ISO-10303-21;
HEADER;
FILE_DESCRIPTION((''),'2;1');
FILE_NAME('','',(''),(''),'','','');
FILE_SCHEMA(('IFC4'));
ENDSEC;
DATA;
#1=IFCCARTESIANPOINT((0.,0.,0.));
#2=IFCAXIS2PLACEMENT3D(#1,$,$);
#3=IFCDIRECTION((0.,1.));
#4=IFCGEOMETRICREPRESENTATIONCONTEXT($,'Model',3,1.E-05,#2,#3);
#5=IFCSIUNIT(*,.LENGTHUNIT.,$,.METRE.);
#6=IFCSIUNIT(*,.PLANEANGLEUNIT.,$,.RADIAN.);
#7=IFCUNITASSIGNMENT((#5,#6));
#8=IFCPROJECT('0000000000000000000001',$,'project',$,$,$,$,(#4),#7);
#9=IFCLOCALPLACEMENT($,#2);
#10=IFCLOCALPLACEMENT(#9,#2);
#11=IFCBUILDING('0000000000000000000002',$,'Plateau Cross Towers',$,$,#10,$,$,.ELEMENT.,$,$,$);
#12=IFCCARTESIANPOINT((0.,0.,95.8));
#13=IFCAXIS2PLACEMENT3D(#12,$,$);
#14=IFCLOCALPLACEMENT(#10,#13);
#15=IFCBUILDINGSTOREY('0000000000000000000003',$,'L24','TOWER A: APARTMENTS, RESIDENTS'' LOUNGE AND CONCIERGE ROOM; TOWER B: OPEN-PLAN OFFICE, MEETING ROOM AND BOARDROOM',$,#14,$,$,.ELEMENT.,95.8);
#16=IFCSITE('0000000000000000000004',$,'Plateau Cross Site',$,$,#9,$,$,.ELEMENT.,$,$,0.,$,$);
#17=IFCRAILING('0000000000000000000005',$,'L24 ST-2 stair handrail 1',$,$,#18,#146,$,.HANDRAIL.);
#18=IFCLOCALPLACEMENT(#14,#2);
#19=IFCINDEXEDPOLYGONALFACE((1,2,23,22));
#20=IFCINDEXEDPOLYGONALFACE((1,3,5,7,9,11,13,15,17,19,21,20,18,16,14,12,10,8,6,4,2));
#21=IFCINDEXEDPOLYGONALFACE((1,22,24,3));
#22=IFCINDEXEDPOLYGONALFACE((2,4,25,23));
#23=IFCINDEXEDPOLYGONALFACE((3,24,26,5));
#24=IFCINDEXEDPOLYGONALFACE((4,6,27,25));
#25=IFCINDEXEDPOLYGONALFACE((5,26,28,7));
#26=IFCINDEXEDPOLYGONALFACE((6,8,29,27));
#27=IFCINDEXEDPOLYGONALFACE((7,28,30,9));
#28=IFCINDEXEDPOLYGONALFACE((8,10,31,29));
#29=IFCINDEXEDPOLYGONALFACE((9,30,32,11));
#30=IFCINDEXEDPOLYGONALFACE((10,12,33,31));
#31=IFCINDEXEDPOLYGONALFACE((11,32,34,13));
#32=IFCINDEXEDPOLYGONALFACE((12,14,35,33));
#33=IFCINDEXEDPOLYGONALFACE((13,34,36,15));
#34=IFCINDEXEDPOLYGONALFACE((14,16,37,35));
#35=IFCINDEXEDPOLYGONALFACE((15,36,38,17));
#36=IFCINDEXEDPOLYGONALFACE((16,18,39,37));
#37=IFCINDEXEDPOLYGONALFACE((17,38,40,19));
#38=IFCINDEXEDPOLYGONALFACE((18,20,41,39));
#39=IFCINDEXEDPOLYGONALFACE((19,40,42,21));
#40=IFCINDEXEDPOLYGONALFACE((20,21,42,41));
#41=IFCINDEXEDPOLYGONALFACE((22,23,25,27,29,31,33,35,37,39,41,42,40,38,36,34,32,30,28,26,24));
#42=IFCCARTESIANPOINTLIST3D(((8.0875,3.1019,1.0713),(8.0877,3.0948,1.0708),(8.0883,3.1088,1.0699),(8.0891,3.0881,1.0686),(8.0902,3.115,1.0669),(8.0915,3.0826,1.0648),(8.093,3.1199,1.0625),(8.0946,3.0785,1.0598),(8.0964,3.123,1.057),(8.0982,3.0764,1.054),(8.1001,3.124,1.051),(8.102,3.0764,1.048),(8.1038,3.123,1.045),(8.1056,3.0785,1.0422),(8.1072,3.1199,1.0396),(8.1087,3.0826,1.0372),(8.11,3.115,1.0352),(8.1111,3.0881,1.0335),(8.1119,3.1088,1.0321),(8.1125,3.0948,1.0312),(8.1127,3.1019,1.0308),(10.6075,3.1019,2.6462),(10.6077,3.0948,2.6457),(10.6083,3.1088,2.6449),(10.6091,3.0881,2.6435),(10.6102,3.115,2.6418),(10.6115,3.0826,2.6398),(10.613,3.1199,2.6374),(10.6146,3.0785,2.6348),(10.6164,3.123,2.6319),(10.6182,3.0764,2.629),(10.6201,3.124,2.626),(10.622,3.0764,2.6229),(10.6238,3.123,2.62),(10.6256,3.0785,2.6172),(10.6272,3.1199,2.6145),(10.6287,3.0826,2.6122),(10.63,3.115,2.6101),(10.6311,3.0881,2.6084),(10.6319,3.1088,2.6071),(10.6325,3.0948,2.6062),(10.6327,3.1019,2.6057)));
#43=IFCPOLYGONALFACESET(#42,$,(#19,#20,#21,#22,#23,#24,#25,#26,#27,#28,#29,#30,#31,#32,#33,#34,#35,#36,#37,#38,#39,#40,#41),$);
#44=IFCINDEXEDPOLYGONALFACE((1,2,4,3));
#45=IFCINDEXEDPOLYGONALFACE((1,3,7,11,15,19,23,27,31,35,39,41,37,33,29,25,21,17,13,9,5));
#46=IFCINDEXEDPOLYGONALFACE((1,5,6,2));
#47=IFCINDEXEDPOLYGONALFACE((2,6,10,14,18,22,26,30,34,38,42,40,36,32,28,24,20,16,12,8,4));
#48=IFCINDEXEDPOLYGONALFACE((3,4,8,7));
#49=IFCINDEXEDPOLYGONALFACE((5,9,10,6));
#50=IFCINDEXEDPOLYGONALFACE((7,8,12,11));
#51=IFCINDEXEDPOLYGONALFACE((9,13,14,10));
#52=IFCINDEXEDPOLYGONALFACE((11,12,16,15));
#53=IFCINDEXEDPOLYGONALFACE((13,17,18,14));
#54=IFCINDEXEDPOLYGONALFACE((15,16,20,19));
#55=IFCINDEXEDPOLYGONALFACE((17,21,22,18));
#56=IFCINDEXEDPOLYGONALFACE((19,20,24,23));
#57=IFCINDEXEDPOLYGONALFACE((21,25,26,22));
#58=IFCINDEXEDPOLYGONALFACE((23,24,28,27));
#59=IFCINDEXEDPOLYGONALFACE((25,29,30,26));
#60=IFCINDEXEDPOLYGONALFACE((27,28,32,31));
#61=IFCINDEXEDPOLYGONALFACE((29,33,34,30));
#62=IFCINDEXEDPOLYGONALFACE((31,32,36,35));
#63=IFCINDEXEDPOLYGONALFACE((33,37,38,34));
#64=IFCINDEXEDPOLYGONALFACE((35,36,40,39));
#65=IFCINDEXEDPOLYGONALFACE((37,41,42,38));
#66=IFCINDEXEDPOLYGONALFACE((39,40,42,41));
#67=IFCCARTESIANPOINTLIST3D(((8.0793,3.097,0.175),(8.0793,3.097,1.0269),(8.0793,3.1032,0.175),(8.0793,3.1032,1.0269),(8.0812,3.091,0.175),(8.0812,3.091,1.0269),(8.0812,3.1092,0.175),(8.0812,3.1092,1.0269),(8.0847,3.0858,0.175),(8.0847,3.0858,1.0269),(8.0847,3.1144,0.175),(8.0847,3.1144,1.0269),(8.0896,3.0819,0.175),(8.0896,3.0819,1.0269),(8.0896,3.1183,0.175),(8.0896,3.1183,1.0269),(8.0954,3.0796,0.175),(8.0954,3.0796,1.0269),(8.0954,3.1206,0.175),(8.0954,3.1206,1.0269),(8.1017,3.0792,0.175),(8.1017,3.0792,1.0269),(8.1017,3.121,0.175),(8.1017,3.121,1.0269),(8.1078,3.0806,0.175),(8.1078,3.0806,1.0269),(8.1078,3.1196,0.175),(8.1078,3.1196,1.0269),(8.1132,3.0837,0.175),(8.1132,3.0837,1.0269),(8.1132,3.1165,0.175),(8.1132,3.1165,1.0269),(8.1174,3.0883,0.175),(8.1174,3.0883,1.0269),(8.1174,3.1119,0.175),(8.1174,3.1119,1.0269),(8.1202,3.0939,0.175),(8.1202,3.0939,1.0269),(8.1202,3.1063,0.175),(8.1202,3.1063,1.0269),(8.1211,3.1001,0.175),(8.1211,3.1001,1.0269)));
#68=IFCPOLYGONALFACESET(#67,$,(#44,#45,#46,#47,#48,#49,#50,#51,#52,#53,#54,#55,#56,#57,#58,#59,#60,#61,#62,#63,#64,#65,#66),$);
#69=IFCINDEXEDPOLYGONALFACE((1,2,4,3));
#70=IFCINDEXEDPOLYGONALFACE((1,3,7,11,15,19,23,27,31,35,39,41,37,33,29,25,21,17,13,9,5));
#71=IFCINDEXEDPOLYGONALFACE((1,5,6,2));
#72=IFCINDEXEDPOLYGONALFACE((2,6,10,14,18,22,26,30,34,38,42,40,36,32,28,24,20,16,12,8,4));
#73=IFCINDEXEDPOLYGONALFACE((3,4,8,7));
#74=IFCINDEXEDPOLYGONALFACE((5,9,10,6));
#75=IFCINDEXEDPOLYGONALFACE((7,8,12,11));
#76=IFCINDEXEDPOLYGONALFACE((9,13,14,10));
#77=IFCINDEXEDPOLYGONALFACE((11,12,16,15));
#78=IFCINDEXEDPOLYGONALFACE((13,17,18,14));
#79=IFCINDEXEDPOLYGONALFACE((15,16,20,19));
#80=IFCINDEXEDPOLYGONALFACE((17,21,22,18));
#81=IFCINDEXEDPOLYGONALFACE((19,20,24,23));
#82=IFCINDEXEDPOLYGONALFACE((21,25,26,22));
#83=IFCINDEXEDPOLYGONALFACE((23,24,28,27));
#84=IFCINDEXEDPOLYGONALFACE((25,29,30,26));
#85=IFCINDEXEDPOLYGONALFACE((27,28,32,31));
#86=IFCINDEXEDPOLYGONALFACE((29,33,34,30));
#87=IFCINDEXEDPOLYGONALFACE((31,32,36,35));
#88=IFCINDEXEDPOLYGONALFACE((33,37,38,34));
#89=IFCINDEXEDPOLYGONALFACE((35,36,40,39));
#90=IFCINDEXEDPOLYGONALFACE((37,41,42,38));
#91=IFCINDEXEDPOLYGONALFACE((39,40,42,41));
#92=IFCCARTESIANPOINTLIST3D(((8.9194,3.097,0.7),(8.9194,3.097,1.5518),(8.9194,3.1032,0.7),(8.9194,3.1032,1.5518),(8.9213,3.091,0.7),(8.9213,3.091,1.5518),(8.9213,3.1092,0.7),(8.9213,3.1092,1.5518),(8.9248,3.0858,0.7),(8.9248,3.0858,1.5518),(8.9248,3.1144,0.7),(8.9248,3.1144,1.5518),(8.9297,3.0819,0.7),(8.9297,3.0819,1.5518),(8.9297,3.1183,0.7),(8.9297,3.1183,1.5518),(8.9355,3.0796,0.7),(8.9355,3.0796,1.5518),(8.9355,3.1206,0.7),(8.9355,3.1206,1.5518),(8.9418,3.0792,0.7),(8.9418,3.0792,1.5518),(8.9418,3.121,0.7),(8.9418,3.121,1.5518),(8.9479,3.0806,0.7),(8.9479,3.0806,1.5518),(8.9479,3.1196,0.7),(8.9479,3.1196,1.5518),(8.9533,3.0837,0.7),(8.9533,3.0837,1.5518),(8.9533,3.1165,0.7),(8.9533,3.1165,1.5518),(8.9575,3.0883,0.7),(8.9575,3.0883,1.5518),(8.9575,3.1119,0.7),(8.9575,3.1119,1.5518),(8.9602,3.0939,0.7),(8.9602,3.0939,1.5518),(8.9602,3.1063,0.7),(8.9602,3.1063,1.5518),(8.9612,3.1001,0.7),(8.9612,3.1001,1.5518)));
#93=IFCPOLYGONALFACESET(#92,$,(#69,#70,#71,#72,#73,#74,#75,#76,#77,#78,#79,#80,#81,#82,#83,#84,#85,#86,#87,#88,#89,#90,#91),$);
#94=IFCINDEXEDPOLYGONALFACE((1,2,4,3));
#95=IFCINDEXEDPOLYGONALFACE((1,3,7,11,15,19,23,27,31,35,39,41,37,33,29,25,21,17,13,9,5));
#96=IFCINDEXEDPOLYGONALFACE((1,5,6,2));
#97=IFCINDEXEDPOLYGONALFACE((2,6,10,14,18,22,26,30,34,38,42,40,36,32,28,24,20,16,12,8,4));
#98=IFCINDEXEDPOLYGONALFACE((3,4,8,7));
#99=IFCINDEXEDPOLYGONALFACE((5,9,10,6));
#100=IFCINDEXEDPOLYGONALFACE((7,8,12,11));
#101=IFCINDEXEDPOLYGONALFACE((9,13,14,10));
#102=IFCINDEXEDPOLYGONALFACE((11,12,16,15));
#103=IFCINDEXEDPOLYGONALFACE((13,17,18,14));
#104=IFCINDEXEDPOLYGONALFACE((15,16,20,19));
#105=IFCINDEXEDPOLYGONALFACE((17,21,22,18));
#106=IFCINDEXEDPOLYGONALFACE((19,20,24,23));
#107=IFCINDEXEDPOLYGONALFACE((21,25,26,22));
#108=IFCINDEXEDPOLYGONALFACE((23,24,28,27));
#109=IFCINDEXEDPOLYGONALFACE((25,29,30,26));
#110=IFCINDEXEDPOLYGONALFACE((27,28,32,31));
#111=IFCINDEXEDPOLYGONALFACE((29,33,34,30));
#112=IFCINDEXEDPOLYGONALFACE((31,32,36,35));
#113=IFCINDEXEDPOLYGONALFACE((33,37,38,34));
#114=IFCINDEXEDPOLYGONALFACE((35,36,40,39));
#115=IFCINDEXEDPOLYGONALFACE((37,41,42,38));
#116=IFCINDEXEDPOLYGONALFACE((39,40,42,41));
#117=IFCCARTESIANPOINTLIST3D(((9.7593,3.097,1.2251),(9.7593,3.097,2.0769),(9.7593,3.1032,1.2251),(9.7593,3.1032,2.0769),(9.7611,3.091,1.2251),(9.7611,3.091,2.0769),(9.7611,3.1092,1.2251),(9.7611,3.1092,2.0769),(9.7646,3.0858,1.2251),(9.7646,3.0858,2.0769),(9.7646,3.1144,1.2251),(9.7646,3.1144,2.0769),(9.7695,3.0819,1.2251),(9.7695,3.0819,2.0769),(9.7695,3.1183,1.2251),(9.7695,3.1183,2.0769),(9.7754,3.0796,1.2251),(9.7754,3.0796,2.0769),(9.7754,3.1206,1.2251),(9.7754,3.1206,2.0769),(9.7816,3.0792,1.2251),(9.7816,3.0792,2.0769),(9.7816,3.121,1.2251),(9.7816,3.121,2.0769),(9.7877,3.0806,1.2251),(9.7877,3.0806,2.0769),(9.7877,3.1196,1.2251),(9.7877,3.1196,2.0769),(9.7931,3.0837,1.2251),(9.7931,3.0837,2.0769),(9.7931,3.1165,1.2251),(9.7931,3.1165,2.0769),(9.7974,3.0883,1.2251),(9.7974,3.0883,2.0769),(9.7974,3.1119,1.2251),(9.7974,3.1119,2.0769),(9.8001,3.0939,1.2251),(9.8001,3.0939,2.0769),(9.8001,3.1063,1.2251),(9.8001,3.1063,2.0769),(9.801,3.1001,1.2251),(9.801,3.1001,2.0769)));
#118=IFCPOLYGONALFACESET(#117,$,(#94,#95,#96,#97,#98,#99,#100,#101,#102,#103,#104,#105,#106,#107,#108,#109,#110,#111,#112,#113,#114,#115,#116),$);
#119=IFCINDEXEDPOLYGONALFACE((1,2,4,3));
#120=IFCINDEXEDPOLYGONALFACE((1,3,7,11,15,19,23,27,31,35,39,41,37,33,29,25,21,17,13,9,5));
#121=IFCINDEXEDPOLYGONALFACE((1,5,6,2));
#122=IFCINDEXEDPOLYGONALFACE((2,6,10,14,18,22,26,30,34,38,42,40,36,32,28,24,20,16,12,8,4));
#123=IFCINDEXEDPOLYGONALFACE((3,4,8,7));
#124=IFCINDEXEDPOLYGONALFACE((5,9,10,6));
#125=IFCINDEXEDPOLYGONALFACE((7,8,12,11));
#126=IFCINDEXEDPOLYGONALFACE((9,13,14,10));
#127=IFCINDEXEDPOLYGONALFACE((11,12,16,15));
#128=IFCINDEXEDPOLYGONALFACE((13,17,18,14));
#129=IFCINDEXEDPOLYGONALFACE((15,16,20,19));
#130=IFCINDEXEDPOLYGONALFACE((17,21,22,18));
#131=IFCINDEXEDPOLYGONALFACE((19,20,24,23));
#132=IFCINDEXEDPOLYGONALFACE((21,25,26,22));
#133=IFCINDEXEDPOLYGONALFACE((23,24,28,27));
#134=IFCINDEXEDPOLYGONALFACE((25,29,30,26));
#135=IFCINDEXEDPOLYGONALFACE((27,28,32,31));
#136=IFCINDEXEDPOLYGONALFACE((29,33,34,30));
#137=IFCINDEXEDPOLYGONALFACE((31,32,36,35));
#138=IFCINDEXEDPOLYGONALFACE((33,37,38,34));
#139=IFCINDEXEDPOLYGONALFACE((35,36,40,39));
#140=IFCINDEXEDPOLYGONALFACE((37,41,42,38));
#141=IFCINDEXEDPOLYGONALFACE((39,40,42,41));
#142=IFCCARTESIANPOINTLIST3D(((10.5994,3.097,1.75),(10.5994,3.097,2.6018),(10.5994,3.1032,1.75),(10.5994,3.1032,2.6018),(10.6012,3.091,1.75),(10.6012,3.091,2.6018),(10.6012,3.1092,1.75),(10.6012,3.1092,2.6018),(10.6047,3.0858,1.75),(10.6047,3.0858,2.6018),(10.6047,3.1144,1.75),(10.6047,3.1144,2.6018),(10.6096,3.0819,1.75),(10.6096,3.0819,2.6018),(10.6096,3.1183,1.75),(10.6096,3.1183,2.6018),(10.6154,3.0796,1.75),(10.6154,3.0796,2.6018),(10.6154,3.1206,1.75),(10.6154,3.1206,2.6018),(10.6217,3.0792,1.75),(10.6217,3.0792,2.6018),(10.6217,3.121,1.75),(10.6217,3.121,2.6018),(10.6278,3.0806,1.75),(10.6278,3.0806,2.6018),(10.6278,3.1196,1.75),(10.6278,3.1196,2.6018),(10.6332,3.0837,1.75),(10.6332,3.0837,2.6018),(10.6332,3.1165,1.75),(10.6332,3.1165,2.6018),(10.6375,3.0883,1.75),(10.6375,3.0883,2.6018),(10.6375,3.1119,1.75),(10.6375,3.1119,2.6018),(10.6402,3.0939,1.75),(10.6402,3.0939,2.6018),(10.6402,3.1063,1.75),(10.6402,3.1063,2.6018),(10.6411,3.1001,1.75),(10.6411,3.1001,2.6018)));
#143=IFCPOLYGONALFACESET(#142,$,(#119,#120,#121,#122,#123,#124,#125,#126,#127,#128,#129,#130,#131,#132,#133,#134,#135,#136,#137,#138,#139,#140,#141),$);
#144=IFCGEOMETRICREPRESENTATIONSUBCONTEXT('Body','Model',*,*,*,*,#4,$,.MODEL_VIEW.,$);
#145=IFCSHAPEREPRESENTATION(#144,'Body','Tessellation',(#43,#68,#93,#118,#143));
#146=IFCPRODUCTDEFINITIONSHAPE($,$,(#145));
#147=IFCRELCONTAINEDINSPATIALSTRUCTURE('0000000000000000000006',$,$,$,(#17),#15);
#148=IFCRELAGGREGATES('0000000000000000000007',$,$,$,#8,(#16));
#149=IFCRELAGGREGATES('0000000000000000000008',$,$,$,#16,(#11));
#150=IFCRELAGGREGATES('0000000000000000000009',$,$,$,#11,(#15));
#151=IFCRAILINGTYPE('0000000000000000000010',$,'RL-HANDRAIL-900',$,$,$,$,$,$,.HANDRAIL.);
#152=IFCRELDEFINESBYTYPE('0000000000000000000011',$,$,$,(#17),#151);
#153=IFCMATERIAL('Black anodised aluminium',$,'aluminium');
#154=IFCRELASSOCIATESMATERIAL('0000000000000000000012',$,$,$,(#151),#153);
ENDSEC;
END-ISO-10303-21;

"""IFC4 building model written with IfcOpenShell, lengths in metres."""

from ifc_helpers import new_model, si_unit, direction, frame, origin, origin_2d, place, context, subcontext, project, spatial, circle, extrude, material, type_object, element, save


model = new_model("IFC4")

# Units and contexts
model_context = context("Model", 3, precision=1e-05, world=origin(), true_north=direction((0.0, 1.0)))
body_context = subcontext(model_context, "Body", "Model", "MODEL_VIEW")
ifc_project = project(units=[si_unit("LENGTHUNIT", "METRE"), si_unit("PLANEANGLEUNIT", "RADIAN")], contexts=[model_context])

# Site, building, storey
site_placement = place(None, origin())
site = spatial("IfcSite", under=ifc_project, at=site_placement, Name="Plateau Cross Site", CompositionType="ELEMENT", RefElevation=0.0)
building_placement = place(site_placement, origin())
building = spatial("IfcBuilding", under=site, at=building_placement, Name="Plateau Cross Towers", CompositionType="ELEMENT")
storey_placement = place(building_placement, frame((0.0, 0.0, 95.8)))
storey = spatial("IfcBuildingStorey", under=building, at=storey_placement, Name="L24", Description="TOWER A: APARTMENTS, RESIDENTS' LOUNGE AND CONCIERGE ROOM; TOWER B: OPEN-PLAN OFFICE, MEETING ROOM AND BOARDROOM", CompositionType="ELEMENT", Elevation=95.8)

# Shared definitions
ifc_material_1 = material(Name="Black anodised aluminium", Category="aluminium")

# Railing
railing_type_1 = type_object("IfcRailingType", Name="RL-HANDRAIL-900", PredefinedType="HANDRAIL", material=ifc_material_1)
railing_placement = place(storey_placement, frame((8.1001, 3.1001, 0.175)))
element("IfcRailing", 1, at=railing_placement, inside=storey, type_object=railing_type_1, Name="L24 ST-2 stair handrail 1", PredefinedType="HANDRAIL", context=body_context, shape_type="SweptSolid", body=[
    extrude(circle(Radius=0.0239, at=origin_2d()), frame((0.0, 0.0, 0.876), z_axis=(0.848008, 0.0, 0.529984), x_axis=(0.0, 1.0, 0.0)), (0.0, 0.0, 1.0), 2.9717),
    extrude(circle(Radius=0.021, at=origin_2d()), origin(), (0.0, 0.0, 1.0), 0.8518),
    extrude(circle(Radius=0.021, at=origin_2d()), frame((0.8401, 0.0, 0.5249)), (0.0, 0.0, 1.0), 0.8518),
    extrude(circle(Radius=0.021, at=origin_2d()), frame((1.6799, 0.0, 1.05)), (0.0, 0.0, 1.0), 0.8518),
    extrude(circle(Radius=0.021, at=origin_2d()), frame((2.52, 0.0, 1.575)), (0.0, 0.0, 1.0), 0.8518),
])

save(model, "model.ifc")
